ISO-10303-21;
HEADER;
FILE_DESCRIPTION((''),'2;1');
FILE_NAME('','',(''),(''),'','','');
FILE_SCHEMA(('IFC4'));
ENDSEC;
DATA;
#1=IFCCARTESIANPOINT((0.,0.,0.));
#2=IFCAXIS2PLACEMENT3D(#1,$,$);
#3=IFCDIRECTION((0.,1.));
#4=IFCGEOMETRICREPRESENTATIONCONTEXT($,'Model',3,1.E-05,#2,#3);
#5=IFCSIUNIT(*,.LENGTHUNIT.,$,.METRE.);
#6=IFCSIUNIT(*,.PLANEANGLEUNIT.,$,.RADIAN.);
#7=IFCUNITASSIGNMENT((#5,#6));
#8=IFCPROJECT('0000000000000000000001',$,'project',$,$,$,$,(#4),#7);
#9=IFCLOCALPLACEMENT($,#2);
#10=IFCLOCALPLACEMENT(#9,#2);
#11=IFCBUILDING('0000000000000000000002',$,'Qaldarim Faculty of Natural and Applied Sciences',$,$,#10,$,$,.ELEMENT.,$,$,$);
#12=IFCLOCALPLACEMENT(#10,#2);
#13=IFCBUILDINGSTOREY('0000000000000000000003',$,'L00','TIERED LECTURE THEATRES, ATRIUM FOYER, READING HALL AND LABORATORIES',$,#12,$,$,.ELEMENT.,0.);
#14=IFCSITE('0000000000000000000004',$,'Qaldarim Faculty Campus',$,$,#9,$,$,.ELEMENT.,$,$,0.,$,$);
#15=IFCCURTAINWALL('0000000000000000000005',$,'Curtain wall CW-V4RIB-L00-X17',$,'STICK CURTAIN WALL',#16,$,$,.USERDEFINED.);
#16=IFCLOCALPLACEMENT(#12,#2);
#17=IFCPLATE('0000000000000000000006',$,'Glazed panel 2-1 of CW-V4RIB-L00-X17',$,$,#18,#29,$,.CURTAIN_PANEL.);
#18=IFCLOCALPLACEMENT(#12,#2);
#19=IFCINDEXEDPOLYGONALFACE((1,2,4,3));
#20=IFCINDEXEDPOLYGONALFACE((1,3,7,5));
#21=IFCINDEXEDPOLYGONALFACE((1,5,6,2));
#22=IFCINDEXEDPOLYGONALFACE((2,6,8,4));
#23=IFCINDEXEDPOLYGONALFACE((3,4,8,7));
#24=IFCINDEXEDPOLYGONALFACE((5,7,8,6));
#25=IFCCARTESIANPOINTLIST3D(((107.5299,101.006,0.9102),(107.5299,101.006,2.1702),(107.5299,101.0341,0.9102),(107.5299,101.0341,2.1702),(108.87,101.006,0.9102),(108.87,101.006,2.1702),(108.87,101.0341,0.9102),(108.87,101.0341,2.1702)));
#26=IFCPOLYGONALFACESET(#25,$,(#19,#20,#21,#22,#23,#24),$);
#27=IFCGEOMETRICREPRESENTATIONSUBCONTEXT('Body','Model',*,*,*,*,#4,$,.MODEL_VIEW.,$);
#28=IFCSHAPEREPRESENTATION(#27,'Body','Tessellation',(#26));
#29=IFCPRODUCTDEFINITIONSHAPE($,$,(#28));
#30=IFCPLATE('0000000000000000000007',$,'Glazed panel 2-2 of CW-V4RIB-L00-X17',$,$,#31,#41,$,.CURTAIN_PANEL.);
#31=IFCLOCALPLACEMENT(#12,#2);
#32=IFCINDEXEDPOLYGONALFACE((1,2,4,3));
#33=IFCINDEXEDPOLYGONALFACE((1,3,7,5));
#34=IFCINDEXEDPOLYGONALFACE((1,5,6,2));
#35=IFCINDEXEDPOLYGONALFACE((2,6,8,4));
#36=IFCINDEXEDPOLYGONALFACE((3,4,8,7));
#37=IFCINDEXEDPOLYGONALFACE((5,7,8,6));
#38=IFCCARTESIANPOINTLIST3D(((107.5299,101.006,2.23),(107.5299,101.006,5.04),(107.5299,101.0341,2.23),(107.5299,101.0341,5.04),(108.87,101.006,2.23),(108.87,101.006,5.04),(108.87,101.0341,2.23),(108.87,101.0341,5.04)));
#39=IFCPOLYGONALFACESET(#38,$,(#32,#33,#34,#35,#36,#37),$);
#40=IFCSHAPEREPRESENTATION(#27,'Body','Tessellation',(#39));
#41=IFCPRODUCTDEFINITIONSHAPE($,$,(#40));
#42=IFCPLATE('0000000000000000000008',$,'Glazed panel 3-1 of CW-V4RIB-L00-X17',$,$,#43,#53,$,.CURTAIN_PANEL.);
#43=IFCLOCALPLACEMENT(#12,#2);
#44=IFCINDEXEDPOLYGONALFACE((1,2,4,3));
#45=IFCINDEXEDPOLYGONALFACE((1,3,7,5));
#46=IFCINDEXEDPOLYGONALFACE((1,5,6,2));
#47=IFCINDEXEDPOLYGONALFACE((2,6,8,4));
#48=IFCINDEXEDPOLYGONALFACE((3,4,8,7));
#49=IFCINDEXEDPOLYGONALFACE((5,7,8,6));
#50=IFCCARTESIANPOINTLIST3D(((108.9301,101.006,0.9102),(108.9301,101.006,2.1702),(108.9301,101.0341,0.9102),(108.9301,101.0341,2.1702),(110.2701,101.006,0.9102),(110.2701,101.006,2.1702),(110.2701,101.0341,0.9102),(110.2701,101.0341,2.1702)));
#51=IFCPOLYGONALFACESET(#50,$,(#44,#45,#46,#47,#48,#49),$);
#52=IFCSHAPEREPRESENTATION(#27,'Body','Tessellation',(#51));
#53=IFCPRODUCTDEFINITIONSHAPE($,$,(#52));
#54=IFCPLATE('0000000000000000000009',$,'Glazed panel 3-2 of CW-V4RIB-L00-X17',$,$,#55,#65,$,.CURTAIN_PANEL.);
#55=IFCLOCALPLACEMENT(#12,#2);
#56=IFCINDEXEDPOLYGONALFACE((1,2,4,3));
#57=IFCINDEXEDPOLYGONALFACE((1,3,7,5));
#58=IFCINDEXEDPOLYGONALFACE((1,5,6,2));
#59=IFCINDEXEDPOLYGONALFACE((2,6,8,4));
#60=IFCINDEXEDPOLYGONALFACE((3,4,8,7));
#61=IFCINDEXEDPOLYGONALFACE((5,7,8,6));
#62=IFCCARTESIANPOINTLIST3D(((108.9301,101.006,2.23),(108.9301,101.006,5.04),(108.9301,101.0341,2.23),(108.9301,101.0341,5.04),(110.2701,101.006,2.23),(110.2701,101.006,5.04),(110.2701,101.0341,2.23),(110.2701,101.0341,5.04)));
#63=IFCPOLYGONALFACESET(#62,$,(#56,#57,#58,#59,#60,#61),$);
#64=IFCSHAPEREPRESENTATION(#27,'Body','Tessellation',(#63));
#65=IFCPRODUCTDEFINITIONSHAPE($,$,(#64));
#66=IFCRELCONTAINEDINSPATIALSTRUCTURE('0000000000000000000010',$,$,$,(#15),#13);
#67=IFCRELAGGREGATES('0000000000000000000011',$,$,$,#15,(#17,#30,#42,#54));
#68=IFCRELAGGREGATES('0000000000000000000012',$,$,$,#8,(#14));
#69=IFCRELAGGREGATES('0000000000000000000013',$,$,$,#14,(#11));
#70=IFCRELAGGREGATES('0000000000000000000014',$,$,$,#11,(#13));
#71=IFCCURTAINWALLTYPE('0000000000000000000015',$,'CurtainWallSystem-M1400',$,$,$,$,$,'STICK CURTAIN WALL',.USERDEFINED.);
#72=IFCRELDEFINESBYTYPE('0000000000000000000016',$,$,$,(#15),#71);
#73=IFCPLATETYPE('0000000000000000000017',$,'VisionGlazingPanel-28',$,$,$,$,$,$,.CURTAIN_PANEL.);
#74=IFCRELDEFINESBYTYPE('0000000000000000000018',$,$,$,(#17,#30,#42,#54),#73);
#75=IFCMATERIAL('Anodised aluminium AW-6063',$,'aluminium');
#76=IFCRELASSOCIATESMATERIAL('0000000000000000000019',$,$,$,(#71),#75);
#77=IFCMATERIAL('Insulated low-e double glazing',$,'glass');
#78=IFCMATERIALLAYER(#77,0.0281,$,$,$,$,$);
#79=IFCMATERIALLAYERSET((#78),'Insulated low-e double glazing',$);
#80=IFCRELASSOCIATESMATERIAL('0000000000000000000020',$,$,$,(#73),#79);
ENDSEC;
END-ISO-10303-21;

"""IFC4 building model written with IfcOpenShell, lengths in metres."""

from ifc_helpers import new_model, si_unit, direction, frame, origin, origin_2d, place, context, subcontext, project, spatial, rectangle, extrude, material, layer, layer_set, type_object, element, aggregate, save


model = new_model("IFC4")

# Units and contexts
model_context = context("Model", 3, precision=1e-05, world=origin(), true_north=direction((0.0, 1.0)))
body_context = subcontext(model_context, "Body", "Model", "MODEL_VIEW")
ifc_project = project(units=[si_unit("LENGTHUNIT", "METRE"), si_unit("PLANEANGLEUNIT", "RADIAN")], contexts=[model_context])

# Site, building, storey
site_placement = place(None, origin())
site = spatial("IfcSite", under=ifc_project, at=site_placement, Name="Qaldarim Faculty Campus", CompositionType="ELEMENT", RefElevation=0.0)
building_placement = place(site_placement, origin())
building = spatial("IfcBuilding", under=site, at=building_placement, Name="Qaldarim Faculty of Natural and Applied Sciences", CompositionType="ELEMENT")
storey_placement = place(building_placement, origin())
storey = spatial("IfcBuildingStorey", under=building, at=storey_placement, Name="L00", Description="TIERED LECTURE THEATRES, ATRIUM FOYER, READING HALL AND LABORATORIES", CompositionType="ELEMENT", Elevation=0.0)

# Curtain wall, plates
ifc_material_1 = material(Name="Anodised aluminium AW-6063", Category="aluminium")
curtain_wall_type = type_object("IfcCurtainWallType", Name="CurtainWallSystem-M1400", ElementType="STICK CURTAIN WALL", PredefinedType="USERDEFINED", material=ifc_material_1)
curtain_wall_placement = place(storey_placement, origin())
curtain_wall = element("IfcCurtainWall", 1, at=curtain_wall_placement, inside=storey, type_object=curtain_wall_type, Name="Curtain wall CW-V4RIB-L00-X17", ObjectType="STICK CURTAIN WALL", PredefinedType="USERDEFINED")
ifc_material_2 = material(Name="Insulated low-e double glazing", Category="glass")
ifc_layer = layer(ifc_material_2, 0.0281)
ifc_layer_set = layer_set([ifc_layer], Name="Insulated low-e double glazing")
plate_type = type_object("IfcPlateType", Name="VisionGlazingPanel-28", PredefinedType="CURTAIN_PANEL", material=ifc_layer_set)
plate_1_placement = place(storey_placement, frame((108.2, 101.02, 0.9102), z_axis=(0.0, 0.0, 1.0), x_axis=(1.0, 0.0, 0.0)))
plate_1 = element("IfcPlate", 2, at=plate_1_placement, type_object=plate_type, Name="Glazed panel 2-1 of CW-V4RIB-L00-X17", PredefinedType="CURTAIN_PANEL", context=body_context, shape_type="SweptSolid", body=[
    extrude(rectangle(XDim=1.3401, YDim=0.0281, at=origin_2d()), origin(), (0.0, 0.0, 1.0), 1.26),
])
plate_2_placement = place(storey_placement, frame((108.2, 101.02, 2.23), z_axis=(0.0, 0.0, 1.0), x_axis=(1.0, 0.0, 0.0)))
plate_2 = element("IfcPlate", 3, at=plate_2_placement, type_object=plate_type, Name="Glazed panel 2-2 of CW-V4RIB-L00-X17", PredefinedType="CURTAIN_PANEL", context=body_context, shape_type="SweptSolid", body=[
    extrude(rectangle(XDim=1.3401, YDim=0.0281, at=origin_2d()), origin(), (0.0, 0.0, 1.0), 2.8101),
])
plate_3_placement = place(storey_placement, frame((109.6001, 101.02, 0.9102), z_axis=(0.0, 0.0, 1.0), x_axis=(1.0, 0.0, 0.0)))
plate_3 = element("IfcPlate", 4, at=plate_3_placement, type_object=plate_type, Name="Glazed panel 3-1 of CW-V4RIB-L00-X17", PredefinedType="CURTAIN_PANEL", context=body_context, shape_type="SweptSolid", body=[
    extrude(rectangle(XDim=1.3401, YDim=0.0281, at=origin_2d()), origin(), (0.0, 0.0, 1.0), 1.26),
])
plate_4_placement = place(storey_placement, frame((109.6001, 101.02, 2.23), z_axis=(0.0, 0.0, 1.0), x_axis=(1.0, 0.0, 0.0)))
plate_4 = element("IfcPlate", 5, at=plate_4_placement, type_object=plate_type, Name="Glazed panel 3-2 of CW-V4RIB-L00-X17", PredefinedType="CURTAIN_PANEL", context=body_context, shape_type="SweptSolid", body=[
    extrude(rectangle(XDim=1.3401, YDim=0.0281, at=origin_2d()), origin(), (0.0, 0.0, 1.0), 2.8101),
])
aggregate(curtain_wall, [plate_1, plate_2, plate_3, plate_4])

save(model, "model.ifc")
